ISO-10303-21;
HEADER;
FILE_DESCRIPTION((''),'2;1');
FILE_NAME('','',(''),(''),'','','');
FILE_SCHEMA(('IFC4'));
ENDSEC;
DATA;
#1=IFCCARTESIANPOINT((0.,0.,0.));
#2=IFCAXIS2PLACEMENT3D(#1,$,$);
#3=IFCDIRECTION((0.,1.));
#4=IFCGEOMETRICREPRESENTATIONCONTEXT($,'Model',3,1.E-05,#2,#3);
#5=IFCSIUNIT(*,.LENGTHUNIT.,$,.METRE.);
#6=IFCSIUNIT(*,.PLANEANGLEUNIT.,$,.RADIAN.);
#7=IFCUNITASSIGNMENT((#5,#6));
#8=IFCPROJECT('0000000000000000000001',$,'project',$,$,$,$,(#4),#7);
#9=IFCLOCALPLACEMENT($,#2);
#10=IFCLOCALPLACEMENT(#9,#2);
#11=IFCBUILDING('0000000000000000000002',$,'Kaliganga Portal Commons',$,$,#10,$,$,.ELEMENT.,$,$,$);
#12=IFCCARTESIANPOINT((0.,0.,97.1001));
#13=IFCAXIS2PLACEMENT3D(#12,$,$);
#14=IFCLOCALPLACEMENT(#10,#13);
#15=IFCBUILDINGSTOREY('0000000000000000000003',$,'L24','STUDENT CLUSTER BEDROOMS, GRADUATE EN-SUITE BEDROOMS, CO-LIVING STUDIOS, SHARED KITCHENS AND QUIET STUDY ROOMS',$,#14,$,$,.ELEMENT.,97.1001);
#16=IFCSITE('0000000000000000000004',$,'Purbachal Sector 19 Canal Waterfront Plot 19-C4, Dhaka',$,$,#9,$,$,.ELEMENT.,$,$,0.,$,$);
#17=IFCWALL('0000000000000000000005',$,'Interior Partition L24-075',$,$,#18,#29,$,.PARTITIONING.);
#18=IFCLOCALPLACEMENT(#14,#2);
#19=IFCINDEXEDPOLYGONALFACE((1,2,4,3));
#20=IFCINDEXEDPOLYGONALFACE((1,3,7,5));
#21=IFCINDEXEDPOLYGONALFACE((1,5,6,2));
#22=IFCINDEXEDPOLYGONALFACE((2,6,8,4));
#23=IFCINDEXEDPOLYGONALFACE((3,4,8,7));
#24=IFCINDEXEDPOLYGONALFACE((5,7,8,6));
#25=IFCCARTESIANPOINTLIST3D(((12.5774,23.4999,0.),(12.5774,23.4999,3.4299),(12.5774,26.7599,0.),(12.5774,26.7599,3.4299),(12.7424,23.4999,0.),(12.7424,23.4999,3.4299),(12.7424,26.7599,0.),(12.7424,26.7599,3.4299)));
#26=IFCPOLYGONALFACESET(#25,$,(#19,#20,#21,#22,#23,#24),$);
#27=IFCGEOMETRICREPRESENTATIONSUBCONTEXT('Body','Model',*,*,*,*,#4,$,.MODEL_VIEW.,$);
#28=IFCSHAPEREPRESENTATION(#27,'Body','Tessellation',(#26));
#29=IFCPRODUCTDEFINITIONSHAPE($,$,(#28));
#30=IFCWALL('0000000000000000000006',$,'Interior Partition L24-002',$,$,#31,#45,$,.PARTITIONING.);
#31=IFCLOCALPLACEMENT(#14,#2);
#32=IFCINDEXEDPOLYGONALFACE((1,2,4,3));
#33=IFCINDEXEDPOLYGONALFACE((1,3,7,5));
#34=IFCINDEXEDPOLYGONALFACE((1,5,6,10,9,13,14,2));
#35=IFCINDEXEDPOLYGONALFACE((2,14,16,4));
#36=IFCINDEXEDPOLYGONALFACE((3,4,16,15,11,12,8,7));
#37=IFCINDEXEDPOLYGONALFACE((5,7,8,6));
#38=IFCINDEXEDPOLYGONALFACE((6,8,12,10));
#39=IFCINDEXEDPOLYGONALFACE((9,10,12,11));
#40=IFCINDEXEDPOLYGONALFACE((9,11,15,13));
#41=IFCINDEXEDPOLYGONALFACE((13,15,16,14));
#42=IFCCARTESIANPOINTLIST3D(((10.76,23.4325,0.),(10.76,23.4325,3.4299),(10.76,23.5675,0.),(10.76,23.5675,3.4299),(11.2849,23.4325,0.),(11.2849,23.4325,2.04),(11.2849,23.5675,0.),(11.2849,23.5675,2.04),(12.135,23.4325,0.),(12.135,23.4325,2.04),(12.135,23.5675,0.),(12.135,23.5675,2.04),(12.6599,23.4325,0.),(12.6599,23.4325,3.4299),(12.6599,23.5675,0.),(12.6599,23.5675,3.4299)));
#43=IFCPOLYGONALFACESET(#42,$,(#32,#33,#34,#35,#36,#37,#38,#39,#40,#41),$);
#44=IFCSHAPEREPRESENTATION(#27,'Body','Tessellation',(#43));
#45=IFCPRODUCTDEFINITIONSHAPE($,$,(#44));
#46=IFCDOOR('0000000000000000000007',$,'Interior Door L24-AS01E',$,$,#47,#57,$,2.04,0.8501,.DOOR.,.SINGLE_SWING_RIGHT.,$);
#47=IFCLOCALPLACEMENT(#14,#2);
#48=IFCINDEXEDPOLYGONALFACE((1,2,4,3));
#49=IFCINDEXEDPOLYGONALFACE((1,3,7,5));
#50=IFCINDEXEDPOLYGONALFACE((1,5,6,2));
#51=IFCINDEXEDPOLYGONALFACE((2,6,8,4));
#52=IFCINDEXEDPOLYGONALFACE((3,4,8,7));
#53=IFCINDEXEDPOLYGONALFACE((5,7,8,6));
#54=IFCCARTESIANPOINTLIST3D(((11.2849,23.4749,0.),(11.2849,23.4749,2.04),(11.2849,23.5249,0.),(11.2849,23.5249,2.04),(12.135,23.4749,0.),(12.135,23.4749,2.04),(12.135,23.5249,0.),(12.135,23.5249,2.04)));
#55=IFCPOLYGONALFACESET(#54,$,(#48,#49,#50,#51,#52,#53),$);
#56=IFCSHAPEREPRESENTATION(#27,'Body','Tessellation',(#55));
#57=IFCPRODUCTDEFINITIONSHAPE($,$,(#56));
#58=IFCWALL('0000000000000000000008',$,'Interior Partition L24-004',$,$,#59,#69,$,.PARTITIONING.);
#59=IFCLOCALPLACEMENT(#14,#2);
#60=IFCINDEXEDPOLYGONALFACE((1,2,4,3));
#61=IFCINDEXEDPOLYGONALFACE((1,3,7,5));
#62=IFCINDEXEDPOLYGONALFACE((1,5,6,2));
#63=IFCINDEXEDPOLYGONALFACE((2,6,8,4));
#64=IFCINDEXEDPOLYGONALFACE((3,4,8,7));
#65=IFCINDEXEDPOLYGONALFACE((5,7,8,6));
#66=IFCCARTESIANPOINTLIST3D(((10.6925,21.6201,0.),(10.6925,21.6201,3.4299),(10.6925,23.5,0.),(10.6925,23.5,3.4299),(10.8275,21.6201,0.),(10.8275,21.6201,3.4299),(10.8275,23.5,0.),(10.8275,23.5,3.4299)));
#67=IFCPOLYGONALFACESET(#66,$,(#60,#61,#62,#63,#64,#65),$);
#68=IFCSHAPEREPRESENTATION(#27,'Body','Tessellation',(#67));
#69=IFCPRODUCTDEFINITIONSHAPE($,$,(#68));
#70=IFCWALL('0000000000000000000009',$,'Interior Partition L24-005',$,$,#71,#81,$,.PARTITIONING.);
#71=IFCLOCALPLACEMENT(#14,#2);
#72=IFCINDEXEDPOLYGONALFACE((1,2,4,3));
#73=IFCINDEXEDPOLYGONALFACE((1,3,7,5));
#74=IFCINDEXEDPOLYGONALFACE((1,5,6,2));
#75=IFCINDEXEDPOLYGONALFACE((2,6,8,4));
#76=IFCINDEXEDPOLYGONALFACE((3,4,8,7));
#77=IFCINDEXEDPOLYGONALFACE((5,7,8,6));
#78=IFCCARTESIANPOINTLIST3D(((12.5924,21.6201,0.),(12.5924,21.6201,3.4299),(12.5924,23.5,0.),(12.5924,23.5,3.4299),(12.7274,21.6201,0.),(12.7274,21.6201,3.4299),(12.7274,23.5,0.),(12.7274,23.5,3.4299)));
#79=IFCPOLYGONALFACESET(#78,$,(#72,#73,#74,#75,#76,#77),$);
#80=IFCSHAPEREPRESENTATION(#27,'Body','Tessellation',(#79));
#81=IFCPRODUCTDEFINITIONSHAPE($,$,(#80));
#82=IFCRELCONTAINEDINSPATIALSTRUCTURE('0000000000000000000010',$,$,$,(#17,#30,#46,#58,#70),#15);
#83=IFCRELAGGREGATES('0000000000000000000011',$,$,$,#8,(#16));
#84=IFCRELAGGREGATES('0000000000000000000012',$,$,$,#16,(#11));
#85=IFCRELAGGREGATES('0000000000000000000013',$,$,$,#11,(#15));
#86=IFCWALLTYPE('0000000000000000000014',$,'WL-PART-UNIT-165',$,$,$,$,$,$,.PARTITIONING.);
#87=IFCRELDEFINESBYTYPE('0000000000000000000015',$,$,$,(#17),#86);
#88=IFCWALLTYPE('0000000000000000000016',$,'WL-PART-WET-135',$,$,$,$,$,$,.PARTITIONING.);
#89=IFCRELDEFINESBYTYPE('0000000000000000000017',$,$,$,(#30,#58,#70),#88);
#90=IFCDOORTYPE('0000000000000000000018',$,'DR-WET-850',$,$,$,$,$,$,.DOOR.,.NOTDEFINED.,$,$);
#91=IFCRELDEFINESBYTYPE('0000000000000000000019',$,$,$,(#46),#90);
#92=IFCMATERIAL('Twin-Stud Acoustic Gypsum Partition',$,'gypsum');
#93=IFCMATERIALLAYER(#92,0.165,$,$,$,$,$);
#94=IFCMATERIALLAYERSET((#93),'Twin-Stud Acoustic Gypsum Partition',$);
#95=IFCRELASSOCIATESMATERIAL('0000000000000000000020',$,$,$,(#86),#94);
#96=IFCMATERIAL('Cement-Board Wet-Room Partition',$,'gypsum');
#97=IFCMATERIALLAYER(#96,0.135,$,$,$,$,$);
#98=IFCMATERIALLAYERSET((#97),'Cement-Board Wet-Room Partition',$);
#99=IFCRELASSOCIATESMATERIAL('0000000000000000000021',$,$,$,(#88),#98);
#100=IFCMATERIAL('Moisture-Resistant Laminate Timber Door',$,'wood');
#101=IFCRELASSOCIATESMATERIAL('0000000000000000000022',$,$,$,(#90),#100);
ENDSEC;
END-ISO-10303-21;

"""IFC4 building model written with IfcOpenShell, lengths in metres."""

from ifc_helpers import new_model, si_unit, direction, frame, frame_2d, origin, place, context, subcontext, project, spatial, rectangle, extrude, material, layer, layer_set, type_object, element, fill, save


model = new_model("IFC4")

# Units and contexts
model_context = context("Model", 3, precision=1e-05, world=origin(), true_north=direction((0.0, 1.0)))
body_context = subcontext(model_context, "Body", "Model", "MODEL_VIEW")
ifc_project = project(units=[si_unit("LENGTHUNIT", "METRE"), si_unit("PLANEANGLEUNIT", "RADIAN")], contexts=[model_context])

# Site, building, storey
site_placement = place(None, origin())
site = spatial("IfcSite", under=ifc_project, at=site_placement, Name="Purbachal Sector 19 Canal Waterfront Plot 19-C4, Dhaka", CompositionType="ELEMENT", RefElevation=0.0)
building_placement = place(site_placement, origin())
building = spatial("IfcBuilding", under=site, at=building_placement, Name="Kaliganga Portal Commons", CompositionType="ELEMENT")
storey_placement = place(building_placement, frame((0.0, 0.0, 97.1001)))
storey = spatial("IfcBuildingStorey", under=building, at=storey_placement, Name="L24", Description="STUDENT CLUSTER BEDROOMS, GRADUATE EN-SUITE BEDROOMS, CO-LIVING STUDIOS, SHARED KITCHENS AND QUIET STUDY ROOMS", CompositionType="ELEMENT", Elevation=97.1001)

# Wall
ifc_material_1 = material(Name="Twin-Stud Acoustic Gypsum Partition", Category="gypsum")
ifc_layer_1 = layer(ifc_material_1, 0.165)
ifc_layer_set_1 = layer_set([ifc_layer_1], Name="Twin-Stud Acoustic Gypsum Partition")
wall_type_1 = type_object("IfcWallType", Name="WL-PART-UNIT-165", PredefinedType="PARTITIONING", material=ifc_layer_set_1)
wall_1_placement = place(storey_placement, frame((12.6599, 23.5, 0.0), z_axis=(0.0, 0.0, 1.0), x_axis=(0.0, 1.0, 0.0)))
element("IfcWall", 1, at=wall_1_placement, inside=storey, type_object=wall_type_1, Name="Interior Partition L24-075", PredefinedType="PARTITIONING", context=body_context, shape_type="SweptSolid", body=[
    extrude(rectangle(XDim=3.26, YDim=0.165, at=frame_2d((1.6299, 0.0))), origin(), (0.0, 0.0, 1.0), 3.4299),
])

# Wall, opening, door
ifc_material_2 = material(Name="Cement-Board Wet-Room Partition", Category="gypsum")
ifc_layer_2 = layer(ifc_material_2, 0.135)
ifc_layer_set_2 = layer_set([ifc_layer_2], Name="Cement-Board Wet-Room Partition")
wall_type_2 = type_object("IfcWallType", Name="WL-PART-WET-135", PredefinedType="PARTITIONING", material=ifc_layer_set_2)
wall_2_placement = place(storey_placement, frame((10.76, 23.5, 0.0), z_axis=(0.0, 0.0, 1.0), x_axis=(1.0, 0.0, 0.0)))
wall_2 = element("IfcWall", 2, at=wall_2_placement, inside=storey, type_object=wall_type_2, Name="Interior Partition L24-002", PredefinedType="PARTITIONING", context=body_context, shape_type="SweptSolid", body=[
    extrude(rectangle(XDim=1.8999, YDim=0.135, at=frame_2d((0.95, 0.0))), origin(), (0.0, 0.0, 1.0), 3.4299),
])
opening_1_placement = place(wall_2_placement, frame((0.5249, 0.0, 0.0)))
opening_1 = element("IfcOpeningElement", 3, at=opening_1_placement, cuts=wall_2, PredefinedType="OPENING", context=body_context, shape_type="SweptSolid", body=[
    extrude(rectangle(XDim=0.8501, YDim=2.04, at=frame_2d((0.425, 1.02))), frame((0.0, 0.0776, 0.0), z_axis=(0.0, -1.0, 0.0), x_axis=(1.0, 0.0, 0.0)), (0.0, 0.0, 1.0), 0.155),
])
ifc_material_3 = material(Name="Moisture-Resistant Laminate Timber Door", Category="wood")
door_type_1 = type_object("IfcDoorType", Name="DR-WET-850", OperationType="NOTDEFINED", PredefinedType="DOOR", material=ifc_material_3)
door_1_placement = place(opening_1_placement, origin())
door_1 = element("IfcDoor", 4, at=door_1_placement, inside=storey, type_object=door_type_1, Name="Interior Door L24-AS01E", OperationType="SINGLE_SWING_RIGHT", OverallHeight=2.04, OverallWidth=0.8501, PredefinedType="DOOR", context=body_context, shape_type="SweptSolid", body=[
    extrude(rectangle(XDim=0.8501, YDim=2.04, at=frame_2d((0.425, 1.02))), frame((0.0, 0.0249, 0.0), z_axis=(0.0, -1.0, 0.0), x_axis=(1.0, 0.0, 0.0)), (0.0, 0.0, 1.0), 0.05),
])
fill(opening_1, door_1)

# Walls
for number, where, z_axis, x_axis, name in (
    (5, (10.76, 21.6201, 0.0), (0.0, 0.0, 1.0), (0.0, 1.0, 0.0), "Interior Partition L24-004"),
    (6, (12.6599, 21.6201, 0.0), (0.0, 0.0, 1.0), (0.0, 1.0, 0.0), "Interior Partition L24-005"),
):
    element("IfcWall", number, at=place(storey_placement, frame(where, z_axis=z_axis, x_axis=x_axis)), inside=storey, type_object=wall_type_2, Name=name, PredefinedType="PARTITIONING", context=body_context, shape_type="SweptSolid", body=[
        extrude(rectangle(XDim=1.8799, YDim=0.135, at=frame_2d((0.9399, 0.0))), origin(), (0.0, 0.0, 1.0), 3.4299),
    ])

save(model, "model.ifc")
